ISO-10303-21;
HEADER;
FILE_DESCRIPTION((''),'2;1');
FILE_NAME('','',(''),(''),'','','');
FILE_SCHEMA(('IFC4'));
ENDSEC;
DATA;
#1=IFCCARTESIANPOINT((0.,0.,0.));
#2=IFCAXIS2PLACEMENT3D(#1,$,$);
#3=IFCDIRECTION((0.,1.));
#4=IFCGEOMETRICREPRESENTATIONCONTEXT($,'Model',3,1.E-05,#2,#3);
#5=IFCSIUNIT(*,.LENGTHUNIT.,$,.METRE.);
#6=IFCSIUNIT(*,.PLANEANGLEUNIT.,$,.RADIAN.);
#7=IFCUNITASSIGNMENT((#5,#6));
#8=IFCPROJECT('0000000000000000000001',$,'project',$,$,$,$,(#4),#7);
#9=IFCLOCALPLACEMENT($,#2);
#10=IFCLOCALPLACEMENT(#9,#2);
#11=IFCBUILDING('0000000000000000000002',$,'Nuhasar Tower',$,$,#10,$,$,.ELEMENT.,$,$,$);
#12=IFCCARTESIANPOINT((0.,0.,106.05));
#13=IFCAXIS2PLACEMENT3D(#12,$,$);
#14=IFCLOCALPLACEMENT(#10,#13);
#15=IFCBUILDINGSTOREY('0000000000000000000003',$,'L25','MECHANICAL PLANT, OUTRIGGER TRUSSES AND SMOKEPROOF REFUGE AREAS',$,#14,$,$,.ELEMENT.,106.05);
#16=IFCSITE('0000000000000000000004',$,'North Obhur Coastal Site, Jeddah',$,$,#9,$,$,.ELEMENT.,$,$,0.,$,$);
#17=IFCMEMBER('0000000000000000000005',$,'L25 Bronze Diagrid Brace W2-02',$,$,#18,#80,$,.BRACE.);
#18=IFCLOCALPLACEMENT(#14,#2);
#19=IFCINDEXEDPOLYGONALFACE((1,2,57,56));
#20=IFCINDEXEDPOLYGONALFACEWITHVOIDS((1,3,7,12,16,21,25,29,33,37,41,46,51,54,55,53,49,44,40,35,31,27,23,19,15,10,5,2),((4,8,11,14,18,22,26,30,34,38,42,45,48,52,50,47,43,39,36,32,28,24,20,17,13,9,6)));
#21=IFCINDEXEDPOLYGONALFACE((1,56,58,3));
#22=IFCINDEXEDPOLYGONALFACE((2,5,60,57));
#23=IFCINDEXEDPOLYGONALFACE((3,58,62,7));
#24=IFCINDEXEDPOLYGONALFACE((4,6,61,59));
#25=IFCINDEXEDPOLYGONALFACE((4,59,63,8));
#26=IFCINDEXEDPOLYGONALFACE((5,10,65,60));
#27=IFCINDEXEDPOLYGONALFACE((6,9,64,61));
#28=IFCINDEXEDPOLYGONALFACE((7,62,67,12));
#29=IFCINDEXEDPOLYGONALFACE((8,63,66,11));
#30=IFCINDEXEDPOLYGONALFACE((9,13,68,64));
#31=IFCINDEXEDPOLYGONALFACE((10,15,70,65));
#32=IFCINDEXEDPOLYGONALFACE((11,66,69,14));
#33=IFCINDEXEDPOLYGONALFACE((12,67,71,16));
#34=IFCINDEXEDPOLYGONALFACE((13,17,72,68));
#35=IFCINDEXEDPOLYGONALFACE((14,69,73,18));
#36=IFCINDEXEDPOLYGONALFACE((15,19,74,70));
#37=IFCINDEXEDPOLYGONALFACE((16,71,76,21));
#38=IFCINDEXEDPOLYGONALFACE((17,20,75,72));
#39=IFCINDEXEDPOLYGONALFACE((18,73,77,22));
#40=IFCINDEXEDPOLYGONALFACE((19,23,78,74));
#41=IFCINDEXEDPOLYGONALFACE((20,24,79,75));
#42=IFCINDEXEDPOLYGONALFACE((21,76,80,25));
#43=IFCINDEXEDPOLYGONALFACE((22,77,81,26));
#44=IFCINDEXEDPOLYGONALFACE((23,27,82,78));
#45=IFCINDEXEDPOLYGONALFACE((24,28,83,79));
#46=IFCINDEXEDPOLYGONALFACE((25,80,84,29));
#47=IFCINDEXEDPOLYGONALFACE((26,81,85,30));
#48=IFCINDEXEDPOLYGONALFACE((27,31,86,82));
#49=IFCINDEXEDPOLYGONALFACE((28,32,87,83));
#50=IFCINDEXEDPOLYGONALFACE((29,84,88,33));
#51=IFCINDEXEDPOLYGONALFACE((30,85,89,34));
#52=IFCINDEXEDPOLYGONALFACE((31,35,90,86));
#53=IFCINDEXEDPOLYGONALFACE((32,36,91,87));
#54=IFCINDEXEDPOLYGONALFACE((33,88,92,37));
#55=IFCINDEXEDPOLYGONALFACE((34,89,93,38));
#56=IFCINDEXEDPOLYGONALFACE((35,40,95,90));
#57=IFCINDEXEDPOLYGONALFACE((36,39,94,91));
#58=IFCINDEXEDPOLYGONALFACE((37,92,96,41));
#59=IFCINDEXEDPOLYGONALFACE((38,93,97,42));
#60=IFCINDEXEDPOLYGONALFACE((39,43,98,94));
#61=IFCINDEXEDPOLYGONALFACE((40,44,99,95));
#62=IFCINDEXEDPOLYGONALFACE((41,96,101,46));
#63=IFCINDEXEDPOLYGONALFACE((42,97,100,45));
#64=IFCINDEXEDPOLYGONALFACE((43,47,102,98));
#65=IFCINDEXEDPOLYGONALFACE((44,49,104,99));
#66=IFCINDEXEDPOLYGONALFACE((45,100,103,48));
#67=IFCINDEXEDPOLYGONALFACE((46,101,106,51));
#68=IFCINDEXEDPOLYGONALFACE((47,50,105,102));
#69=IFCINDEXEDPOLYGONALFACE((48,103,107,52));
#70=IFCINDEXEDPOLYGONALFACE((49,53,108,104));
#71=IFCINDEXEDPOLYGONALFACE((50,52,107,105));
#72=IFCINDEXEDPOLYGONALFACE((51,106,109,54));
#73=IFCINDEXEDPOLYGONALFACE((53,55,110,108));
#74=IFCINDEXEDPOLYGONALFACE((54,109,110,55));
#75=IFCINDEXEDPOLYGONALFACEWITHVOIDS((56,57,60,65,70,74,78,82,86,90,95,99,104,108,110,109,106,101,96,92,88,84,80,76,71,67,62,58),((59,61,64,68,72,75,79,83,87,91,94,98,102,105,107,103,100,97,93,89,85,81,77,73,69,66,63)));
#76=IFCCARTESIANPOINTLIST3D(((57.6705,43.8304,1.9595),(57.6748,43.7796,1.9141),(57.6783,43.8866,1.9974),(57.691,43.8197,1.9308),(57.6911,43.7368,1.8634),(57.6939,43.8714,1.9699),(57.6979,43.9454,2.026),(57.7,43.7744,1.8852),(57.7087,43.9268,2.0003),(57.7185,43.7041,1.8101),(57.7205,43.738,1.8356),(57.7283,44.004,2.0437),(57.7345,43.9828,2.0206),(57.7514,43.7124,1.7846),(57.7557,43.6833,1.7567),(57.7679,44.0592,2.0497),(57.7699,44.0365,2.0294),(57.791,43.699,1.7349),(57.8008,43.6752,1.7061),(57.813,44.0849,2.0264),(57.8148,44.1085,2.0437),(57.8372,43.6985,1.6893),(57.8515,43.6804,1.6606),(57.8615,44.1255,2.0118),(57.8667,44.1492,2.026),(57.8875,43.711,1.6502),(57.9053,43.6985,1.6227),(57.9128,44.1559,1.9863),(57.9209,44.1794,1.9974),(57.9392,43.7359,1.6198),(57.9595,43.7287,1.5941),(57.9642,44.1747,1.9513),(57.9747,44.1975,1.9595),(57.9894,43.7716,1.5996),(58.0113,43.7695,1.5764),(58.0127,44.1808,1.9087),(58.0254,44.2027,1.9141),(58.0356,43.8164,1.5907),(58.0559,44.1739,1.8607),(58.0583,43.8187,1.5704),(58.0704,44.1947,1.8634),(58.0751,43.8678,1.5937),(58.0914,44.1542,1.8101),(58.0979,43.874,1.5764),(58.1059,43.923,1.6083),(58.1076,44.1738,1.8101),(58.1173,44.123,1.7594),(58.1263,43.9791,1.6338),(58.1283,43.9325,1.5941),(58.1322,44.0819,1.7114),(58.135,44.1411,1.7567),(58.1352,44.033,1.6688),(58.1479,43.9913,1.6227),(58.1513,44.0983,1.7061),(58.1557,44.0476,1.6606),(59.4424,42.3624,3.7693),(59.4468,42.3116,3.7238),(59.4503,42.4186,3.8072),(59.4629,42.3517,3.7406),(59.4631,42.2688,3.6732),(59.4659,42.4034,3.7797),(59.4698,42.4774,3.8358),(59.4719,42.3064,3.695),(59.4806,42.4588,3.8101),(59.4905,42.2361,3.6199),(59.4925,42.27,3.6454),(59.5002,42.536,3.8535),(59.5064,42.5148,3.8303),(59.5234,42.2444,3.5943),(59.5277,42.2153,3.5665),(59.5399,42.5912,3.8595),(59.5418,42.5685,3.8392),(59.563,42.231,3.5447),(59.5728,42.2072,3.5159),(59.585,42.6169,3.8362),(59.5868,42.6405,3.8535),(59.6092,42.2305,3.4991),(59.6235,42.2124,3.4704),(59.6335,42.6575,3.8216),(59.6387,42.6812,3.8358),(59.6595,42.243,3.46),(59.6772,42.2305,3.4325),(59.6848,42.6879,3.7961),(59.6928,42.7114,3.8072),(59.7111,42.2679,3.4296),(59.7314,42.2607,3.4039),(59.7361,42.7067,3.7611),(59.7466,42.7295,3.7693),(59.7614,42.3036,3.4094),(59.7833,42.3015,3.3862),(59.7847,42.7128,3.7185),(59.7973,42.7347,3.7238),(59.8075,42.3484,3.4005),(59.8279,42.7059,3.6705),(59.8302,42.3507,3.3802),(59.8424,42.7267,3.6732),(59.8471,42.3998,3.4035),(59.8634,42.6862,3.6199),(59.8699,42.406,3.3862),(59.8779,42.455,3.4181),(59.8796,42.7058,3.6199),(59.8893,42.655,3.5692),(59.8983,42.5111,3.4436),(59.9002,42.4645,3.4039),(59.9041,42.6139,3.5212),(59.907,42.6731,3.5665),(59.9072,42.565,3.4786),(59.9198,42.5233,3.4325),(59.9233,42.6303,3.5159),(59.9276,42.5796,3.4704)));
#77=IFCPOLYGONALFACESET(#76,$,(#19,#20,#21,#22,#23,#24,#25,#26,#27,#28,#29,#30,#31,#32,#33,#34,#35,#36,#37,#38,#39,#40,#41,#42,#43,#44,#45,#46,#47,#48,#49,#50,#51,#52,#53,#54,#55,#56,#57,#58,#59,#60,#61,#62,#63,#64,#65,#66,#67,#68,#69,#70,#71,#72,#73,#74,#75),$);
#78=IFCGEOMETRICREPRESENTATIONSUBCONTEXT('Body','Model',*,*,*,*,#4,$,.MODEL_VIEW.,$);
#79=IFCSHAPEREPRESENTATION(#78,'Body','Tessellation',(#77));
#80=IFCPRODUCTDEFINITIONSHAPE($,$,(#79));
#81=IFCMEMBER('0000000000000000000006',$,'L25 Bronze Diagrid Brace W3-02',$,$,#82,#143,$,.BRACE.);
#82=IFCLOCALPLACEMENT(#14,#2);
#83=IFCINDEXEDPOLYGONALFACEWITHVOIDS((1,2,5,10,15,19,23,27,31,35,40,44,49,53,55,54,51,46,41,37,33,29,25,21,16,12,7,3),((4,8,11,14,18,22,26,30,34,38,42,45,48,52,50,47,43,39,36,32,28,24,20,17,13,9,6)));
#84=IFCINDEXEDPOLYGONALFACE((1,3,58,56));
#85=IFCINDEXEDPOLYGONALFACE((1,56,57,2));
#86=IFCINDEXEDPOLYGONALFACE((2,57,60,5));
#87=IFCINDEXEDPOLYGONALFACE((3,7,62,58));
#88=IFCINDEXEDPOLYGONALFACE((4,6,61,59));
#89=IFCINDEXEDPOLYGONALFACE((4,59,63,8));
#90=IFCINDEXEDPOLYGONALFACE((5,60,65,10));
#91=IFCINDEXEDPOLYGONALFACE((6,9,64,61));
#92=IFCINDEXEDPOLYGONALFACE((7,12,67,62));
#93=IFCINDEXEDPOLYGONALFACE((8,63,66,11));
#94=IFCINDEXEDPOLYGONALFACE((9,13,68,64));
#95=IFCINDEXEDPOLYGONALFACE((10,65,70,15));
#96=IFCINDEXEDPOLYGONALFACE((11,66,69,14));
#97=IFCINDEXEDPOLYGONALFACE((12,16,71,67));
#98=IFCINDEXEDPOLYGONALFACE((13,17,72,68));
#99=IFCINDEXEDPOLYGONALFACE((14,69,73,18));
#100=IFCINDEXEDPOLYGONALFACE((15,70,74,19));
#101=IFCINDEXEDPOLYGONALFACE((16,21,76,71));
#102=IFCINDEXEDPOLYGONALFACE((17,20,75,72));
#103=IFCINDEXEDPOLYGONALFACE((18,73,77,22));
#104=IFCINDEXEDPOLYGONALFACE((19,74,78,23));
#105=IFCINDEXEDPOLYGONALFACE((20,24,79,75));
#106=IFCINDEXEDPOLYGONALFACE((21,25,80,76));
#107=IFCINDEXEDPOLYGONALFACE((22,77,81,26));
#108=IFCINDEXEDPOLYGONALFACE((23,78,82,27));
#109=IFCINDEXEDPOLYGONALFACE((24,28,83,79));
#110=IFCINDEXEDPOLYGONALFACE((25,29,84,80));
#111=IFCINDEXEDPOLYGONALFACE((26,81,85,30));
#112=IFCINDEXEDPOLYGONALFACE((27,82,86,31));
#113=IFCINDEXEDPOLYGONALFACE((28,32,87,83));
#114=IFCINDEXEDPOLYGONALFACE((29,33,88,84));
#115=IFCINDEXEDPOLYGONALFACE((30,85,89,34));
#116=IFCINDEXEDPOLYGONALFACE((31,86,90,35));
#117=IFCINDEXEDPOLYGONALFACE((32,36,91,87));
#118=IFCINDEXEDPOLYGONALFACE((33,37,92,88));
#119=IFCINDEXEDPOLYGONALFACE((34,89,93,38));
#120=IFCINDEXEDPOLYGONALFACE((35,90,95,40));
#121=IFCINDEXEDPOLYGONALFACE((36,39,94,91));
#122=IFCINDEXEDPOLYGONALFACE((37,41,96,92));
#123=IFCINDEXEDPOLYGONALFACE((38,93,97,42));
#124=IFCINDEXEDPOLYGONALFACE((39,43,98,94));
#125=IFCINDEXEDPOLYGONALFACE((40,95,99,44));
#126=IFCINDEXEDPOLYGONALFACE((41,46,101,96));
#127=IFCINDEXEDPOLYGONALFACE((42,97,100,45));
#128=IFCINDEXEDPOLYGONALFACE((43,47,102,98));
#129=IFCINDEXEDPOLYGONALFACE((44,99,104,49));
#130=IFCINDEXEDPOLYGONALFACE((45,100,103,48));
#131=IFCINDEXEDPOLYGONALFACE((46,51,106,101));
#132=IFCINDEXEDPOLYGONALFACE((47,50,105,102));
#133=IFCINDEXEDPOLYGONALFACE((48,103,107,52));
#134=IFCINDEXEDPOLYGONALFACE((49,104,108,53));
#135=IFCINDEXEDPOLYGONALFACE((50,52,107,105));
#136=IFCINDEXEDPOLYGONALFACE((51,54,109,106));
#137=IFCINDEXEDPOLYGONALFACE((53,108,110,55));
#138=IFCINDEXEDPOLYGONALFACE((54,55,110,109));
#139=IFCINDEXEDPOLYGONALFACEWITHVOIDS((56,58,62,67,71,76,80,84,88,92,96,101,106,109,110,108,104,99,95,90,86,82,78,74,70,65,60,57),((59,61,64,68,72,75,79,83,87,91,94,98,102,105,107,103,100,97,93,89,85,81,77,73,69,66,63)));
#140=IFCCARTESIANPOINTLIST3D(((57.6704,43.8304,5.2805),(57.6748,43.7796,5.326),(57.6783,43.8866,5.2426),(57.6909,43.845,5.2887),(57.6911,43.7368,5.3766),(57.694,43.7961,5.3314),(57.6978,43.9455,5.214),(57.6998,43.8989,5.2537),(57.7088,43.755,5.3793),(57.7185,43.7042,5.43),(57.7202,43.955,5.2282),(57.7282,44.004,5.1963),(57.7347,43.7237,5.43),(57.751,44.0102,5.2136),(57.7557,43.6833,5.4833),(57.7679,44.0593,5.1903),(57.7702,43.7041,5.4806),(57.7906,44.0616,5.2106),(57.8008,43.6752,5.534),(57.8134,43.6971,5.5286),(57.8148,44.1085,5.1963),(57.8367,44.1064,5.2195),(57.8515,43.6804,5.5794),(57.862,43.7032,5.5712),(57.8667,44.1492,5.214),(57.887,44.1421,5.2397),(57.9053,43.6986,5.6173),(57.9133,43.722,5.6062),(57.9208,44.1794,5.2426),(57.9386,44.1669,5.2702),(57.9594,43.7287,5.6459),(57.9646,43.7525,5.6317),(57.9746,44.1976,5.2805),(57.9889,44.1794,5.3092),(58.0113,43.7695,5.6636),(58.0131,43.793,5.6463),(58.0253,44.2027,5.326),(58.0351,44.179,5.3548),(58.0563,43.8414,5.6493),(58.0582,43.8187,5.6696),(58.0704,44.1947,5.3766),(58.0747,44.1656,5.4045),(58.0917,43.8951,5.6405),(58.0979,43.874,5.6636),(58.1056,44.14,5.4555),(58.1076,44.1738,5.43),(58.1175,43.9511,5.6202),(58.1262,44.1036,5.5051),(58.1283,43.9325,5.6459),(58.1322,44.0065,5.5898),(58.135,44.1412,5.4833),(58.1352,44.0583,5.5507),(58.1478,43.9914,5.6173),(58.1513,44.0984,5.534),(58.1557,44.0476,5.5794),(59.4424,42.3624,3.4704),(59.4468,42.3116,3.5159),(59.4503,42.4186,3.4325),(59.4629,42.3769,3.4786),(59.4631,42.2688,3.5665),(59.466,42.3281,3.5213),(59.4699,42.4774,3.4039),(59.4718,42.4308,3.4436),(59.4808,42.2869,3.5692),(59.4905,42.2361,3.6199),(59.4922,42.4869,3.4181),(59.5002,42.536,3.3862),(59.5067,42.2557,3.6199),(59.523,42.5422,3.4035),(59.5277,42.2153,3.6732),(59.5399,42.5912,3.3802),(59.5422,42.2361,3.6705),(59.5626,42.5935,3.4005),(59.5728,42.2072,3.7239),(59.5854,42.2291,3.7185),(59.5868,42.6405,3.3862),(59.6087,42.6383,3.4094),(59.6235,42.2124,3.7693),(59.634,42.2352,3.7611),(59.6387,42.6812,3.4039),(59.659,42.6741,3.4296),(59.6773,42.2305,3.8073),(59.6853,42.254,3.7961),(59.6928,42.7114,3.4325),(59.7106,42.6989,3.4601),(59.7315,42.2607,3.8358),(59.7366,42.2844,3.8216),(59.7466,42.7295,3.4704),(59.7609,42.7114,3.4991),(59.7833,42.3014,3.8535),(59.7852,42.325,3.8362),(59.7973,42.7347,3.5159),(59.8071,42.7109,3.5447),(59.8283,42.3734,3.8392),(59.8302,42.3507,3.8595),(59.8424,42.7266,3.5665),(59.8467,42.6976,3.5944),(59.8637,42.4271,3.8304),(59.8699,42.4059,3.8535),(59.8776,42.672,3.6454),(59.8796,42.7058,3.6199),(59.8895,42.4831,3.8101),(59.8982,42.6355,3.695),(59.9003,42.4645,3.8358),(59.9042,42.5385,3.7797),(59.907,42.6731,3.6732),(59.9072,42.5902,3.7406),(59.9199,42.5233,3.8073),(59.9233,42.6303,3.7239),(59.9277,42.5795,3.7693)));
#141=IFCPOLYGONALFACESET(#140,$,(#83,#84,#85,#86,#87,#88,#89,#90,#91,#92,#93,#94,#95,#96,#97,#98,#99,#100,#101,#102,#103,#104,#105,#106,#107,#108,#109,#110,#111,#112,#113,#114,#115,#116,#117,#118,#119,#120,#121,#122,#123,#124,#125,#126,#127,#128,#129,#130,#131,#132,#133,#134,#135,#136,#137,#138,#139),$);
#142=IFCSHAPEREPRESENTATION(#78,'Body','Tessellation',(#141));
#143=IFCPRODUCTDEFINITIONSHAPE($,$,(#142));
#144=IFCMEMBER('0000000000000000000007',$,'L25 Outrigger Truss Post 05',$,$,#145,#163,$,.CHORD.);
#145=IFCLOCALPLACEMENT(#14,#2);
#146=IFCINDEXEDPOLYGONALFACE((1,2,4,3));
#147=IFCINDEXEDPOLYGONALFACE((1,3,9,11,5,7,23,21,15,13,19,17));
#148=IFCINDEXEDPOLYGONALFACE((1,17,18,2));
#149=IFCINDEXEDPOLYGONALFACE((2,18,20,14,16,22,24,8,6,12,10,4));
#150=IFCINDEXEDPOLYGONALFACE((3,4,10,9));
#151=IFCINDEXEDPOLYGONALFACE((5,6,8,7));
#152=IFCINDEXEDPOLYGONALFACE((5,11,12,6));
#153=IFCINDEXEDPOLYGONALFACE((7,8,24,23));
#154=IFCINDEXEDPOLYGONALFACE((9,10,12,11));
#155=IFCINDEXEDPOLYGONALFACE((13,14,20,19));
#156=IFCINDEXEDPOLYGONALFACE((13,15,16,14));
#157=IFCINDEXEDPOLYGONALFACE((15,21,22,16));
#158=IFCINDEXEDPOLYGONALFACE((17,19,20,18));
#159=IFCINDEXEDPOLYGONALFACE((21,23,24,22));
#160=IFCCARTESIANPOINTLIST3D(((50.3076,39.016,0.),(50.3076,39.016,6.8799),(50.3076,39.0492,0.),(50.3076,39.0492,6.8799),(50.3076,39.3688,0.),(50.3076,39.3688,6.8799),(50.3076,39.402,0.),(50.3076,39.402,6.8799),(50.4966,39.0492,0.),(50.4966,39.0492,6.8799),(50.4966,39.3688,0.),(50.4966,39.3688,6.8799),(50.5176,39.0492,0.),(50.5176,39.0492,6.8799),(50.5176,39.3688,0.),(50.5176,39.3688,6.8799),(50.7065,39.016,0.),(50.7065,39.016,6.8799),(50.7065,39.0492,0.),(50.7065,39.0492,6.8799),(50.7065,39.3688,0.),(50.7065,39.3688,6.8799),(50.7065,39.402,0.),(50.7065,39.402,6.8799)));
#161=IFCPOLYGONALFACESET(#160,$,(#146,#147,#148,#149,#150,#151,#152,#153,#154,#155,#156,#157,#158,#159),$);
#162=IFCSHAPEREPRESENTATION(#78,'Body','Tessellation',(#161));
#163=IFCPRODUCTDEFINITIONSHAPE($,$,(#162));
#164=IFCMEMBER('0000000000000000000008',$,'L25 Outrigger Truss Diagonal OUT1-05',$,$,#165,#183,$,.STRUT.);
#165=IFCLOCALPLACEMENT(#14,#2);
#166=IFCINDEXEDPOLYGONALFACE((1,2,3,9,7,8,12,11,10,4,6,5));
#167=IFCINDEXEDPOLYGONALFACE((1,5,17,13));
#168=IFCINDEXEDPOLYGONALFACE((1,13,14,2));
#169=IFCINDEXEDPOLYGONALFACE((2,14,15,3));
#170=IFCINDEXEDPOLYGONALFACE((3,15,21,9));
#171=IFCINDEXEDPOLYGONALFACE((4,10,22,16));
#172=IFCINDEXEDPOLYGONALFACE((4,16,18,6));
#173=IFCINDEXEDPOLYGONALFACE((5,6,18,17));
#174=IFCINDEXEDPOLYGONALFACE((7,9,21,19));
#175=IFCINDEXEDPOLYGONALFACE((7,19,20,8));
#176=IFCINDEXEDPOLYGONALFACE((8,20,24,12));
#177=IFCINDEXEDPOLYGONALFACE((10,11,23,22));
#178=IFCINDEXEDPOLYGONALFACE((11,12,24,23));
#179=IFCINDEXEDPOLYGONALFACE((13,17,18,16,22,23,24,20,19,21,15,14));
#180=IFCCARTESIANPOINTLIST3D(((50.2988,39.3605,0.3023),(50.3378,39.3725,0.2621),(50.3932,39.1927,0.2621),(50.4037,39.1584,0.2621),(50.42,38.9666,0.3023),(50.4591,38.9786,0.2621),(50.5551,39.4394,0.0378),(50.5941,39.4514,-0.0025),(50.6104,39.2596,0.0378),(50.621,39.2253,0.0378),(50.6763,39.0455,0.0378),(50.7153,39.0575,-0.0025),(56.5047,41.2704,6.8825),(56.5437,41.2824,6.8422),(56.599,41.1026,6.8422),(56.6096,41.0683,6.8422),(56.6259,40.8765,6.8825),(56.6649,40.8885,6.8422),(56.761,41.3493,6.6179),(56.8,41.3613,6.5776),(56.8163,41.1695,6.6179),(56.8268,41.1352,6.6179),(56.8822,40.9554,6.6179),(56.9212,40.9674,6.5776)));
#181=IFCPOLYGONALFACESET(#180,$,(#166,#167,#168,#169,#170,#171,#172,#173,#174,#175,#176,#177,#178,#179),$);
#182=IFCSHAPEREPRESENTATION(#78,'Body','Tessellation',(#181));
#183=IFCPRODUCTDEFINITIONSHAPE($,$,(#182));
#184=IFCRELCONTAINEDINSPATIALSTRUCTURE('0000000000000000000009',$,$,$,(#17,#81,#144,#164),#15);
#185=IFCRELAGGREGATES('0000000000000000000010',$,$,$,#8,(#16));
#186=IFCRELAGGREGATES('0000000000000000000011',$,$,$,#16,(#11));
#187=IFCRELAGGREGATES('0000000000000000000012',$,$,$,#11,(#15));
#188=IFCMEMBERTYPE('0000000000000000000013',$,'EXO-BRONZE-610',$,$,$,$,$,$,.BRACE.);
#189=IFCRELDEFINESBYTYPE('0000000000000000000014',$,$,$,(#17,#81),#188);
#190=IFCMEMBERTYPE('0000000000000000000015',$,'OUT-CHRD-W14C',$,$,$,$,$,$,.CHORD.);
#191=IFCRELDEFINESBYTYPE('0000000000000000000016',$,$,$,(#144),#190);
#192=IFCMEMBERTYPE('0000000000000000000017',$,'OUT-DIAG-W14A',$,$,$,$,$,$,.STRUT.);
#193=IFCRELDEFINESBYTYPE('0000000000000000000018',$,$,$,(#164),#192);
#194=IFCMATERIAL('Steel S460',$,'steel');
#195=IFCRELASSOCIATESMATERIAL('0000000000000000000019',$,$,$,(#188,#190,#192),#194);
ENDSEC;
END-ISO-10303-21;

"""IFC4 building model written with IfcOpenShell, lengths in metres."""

from ifc_helpers import new_model, si_unit, direction, frame, origin, origin_2d, place, context, subcontext, project, spatial, hollow_circle, i_section, extrude, material, material_profile, profile_set, type_object, element, save


model = new_model("IFC4")

# Units and contexts
model_context = context("Model", 3, precision=1e-05, world=origin(), true_north=direction((0.0, 1.0)))
body_context = subcontext(model_context, "Body", "Model", "MODEL_VIEW")
ifc_project = project(units=[si_unit("LENGTHUNIT", "METRE"), si_unit("PLANEANGLEUNIT", "RADIAN")], contexts=[model_context])

# Site, building, storey
site_placement = place(None, origin())
site = spatial("IfcSite", under=ifc_project, at=site_placement, Name="North Obhur Coastal Site, Jeddah", CompositionType="ELEMENT", RefElevation=0.0)
building_placement = place(site_placement, origin())
building = spatial("IfcBuilding", under=site, at=building_placement, Name="Nuhasar Tower", CompositionType="ELEMENT")
storey_placement = place(building_placement, frame((0.0, 0.0, 106.05)))
storey = spatial("IfcBuildingStorey", under=building, at=storey_placement, Name="L25", Description="MECHANICAL PLANT, OUTRIGGER TRUSSES AND SMOKEPROOF REFUGE AREAS", CompositionType="ELEMENT", Elevation=106.05)

# Shared definitions
ifc_material_1 = material(Name="Steel S460", Category="steel")

# Members
ifc_material_profile_1 = material_profile(ifc_material_1, hollow_circle(Radius=0.3049, WallThickness=0.0254, at=origin_2d()), Name="HSS610X25.4")
ifc_profile_set_1 = profile_set([ifc_material_profile_1], Name="Steel S460")
member_type_1 = type_object("IfcMemberType", Name="EXO-BRONZE-610", PredefinedType="BRACE", material=ifc_profile_set_1)
member_1_placement = place(storey_placement, frame((57.9131, 43.939, 1.8101), z_axis=(0.605281, -0.501454, 0.618207), x_axis=(0.637969, 0.770062, 0.0)))
element("IfcMember", 1, at=member_1_placement, inside=storey, type_object=member_type_1, Name="L25 Bronze Diagrid Brace W2-02", PredefinedType="BRACE", context=body_context, shape_type="SweptSolid", body=[
    extrude(hollow_circle(Radius=0.3049, WallThickness=0.0254, at=origin_2d()), origin(), (0.0, 0.0, 1.0), 2.9275),
])
member_2_placement = place(storey_placement, frame((59.6851, 42.4709, 3.6199), z_axis=(-0.605249, 0.501428, 0.618258), x_axis=(-0.637969, -0.770062, 0.0)))
element("IfcMember", 2, at=member_2_placement, inside=storey, type_object=member_type_1, Name="L25 Bronze Diagrid Brace W3-02", PredefinedType="BRACE", context=body_context, shape_type="SweptSolid", body=[
    extrude(hollow_circle(Radius=0.3049, WallThickness=0.0254, at=origin_2d()), origin(), (0.0, 0.0, 1.0), 2.9277),
])
ifc_material_profile_2 = material_profile(ifc_material_1, i_section(OverallWidth=0.3989, OverallDepth=0.386, WebThickness=0.021, FlangeThickness=0.0332, at=origin_2d()), Name="W14X176")
ifc_profile_set_2 = profile_set([ifc_material_profile_2], Name="Steel S460")
member_type_2 = type_object("IfcMemberType", Name="OUT-CHRD-W14C", PredefinedType="CHORD", material=ifc_profile_set_2)
member_3_placement = place(storey_placement, frame((50.5071, 39.209, 0.0), z_axis=(0.0, 0.0, 1.0), x_axis=(1.0, 0.0, 0.0)))
element("IfcMember", 3, at=member_3_placement, inside=storey, type_object=member_type_2, Name="L25 Outrigger Truss Post 05", PredefinedType="CHORD", context=body_context, shape_type="SweptSolid", body=[
    extrude(i_section(OverallWidth=0.3989, OverallDepth=0.386, WebThickness=0.021, FlangeThickness=0.0332, at=origin_2d()), origin(), (0.0, 0.0, 1.0), 6.8799),
])
ifc_material_profile_3 = material_profile(ifc_material_1, i_section(OverallWidth=0.4121, OverallDepth=0.4341, WebThickness=0.0359, FlangeThickness=0.0574, at=origin_2d()), Name="W14X311")
ifc_profile_set_3 = profile_set([ifc_material_profile_3], Name="Steel S460")
member_type_3 = type_object("IfcMemberType", Name="OUT-DIAG-W14A", PredefinedType="STRUT", material=ifc_profile_set_3)
for number, where, z_axis, x_axis, name in (
    (4, (50.5071, 39.209, 0.1499), (0.671311, 0.206604, 0.711798), (-0.294147, 0.95576, 0.0), "L25 Outrigger Truss Diagonal OUT1-05"),
):
    element("IfcMember", number, at=place(storey_placement, frame(where, z_axis=z_axis, x_axis=x_axis)), inside=storey, type_object=member_type_3, Name=name, PredefinedType="STRUT", context=body_context, shape_type="SweptSolid", body=[
        extrude(i_section(OverallWidth=0.4121, OverallDepth=0.4341, WebThickness=0.0359, FlangeThickness=0.0574, at=origin_2d()), origin(), (0.0, 0.0, 1.0), 9.2444),
    ])

save(model, "model.ifc")
